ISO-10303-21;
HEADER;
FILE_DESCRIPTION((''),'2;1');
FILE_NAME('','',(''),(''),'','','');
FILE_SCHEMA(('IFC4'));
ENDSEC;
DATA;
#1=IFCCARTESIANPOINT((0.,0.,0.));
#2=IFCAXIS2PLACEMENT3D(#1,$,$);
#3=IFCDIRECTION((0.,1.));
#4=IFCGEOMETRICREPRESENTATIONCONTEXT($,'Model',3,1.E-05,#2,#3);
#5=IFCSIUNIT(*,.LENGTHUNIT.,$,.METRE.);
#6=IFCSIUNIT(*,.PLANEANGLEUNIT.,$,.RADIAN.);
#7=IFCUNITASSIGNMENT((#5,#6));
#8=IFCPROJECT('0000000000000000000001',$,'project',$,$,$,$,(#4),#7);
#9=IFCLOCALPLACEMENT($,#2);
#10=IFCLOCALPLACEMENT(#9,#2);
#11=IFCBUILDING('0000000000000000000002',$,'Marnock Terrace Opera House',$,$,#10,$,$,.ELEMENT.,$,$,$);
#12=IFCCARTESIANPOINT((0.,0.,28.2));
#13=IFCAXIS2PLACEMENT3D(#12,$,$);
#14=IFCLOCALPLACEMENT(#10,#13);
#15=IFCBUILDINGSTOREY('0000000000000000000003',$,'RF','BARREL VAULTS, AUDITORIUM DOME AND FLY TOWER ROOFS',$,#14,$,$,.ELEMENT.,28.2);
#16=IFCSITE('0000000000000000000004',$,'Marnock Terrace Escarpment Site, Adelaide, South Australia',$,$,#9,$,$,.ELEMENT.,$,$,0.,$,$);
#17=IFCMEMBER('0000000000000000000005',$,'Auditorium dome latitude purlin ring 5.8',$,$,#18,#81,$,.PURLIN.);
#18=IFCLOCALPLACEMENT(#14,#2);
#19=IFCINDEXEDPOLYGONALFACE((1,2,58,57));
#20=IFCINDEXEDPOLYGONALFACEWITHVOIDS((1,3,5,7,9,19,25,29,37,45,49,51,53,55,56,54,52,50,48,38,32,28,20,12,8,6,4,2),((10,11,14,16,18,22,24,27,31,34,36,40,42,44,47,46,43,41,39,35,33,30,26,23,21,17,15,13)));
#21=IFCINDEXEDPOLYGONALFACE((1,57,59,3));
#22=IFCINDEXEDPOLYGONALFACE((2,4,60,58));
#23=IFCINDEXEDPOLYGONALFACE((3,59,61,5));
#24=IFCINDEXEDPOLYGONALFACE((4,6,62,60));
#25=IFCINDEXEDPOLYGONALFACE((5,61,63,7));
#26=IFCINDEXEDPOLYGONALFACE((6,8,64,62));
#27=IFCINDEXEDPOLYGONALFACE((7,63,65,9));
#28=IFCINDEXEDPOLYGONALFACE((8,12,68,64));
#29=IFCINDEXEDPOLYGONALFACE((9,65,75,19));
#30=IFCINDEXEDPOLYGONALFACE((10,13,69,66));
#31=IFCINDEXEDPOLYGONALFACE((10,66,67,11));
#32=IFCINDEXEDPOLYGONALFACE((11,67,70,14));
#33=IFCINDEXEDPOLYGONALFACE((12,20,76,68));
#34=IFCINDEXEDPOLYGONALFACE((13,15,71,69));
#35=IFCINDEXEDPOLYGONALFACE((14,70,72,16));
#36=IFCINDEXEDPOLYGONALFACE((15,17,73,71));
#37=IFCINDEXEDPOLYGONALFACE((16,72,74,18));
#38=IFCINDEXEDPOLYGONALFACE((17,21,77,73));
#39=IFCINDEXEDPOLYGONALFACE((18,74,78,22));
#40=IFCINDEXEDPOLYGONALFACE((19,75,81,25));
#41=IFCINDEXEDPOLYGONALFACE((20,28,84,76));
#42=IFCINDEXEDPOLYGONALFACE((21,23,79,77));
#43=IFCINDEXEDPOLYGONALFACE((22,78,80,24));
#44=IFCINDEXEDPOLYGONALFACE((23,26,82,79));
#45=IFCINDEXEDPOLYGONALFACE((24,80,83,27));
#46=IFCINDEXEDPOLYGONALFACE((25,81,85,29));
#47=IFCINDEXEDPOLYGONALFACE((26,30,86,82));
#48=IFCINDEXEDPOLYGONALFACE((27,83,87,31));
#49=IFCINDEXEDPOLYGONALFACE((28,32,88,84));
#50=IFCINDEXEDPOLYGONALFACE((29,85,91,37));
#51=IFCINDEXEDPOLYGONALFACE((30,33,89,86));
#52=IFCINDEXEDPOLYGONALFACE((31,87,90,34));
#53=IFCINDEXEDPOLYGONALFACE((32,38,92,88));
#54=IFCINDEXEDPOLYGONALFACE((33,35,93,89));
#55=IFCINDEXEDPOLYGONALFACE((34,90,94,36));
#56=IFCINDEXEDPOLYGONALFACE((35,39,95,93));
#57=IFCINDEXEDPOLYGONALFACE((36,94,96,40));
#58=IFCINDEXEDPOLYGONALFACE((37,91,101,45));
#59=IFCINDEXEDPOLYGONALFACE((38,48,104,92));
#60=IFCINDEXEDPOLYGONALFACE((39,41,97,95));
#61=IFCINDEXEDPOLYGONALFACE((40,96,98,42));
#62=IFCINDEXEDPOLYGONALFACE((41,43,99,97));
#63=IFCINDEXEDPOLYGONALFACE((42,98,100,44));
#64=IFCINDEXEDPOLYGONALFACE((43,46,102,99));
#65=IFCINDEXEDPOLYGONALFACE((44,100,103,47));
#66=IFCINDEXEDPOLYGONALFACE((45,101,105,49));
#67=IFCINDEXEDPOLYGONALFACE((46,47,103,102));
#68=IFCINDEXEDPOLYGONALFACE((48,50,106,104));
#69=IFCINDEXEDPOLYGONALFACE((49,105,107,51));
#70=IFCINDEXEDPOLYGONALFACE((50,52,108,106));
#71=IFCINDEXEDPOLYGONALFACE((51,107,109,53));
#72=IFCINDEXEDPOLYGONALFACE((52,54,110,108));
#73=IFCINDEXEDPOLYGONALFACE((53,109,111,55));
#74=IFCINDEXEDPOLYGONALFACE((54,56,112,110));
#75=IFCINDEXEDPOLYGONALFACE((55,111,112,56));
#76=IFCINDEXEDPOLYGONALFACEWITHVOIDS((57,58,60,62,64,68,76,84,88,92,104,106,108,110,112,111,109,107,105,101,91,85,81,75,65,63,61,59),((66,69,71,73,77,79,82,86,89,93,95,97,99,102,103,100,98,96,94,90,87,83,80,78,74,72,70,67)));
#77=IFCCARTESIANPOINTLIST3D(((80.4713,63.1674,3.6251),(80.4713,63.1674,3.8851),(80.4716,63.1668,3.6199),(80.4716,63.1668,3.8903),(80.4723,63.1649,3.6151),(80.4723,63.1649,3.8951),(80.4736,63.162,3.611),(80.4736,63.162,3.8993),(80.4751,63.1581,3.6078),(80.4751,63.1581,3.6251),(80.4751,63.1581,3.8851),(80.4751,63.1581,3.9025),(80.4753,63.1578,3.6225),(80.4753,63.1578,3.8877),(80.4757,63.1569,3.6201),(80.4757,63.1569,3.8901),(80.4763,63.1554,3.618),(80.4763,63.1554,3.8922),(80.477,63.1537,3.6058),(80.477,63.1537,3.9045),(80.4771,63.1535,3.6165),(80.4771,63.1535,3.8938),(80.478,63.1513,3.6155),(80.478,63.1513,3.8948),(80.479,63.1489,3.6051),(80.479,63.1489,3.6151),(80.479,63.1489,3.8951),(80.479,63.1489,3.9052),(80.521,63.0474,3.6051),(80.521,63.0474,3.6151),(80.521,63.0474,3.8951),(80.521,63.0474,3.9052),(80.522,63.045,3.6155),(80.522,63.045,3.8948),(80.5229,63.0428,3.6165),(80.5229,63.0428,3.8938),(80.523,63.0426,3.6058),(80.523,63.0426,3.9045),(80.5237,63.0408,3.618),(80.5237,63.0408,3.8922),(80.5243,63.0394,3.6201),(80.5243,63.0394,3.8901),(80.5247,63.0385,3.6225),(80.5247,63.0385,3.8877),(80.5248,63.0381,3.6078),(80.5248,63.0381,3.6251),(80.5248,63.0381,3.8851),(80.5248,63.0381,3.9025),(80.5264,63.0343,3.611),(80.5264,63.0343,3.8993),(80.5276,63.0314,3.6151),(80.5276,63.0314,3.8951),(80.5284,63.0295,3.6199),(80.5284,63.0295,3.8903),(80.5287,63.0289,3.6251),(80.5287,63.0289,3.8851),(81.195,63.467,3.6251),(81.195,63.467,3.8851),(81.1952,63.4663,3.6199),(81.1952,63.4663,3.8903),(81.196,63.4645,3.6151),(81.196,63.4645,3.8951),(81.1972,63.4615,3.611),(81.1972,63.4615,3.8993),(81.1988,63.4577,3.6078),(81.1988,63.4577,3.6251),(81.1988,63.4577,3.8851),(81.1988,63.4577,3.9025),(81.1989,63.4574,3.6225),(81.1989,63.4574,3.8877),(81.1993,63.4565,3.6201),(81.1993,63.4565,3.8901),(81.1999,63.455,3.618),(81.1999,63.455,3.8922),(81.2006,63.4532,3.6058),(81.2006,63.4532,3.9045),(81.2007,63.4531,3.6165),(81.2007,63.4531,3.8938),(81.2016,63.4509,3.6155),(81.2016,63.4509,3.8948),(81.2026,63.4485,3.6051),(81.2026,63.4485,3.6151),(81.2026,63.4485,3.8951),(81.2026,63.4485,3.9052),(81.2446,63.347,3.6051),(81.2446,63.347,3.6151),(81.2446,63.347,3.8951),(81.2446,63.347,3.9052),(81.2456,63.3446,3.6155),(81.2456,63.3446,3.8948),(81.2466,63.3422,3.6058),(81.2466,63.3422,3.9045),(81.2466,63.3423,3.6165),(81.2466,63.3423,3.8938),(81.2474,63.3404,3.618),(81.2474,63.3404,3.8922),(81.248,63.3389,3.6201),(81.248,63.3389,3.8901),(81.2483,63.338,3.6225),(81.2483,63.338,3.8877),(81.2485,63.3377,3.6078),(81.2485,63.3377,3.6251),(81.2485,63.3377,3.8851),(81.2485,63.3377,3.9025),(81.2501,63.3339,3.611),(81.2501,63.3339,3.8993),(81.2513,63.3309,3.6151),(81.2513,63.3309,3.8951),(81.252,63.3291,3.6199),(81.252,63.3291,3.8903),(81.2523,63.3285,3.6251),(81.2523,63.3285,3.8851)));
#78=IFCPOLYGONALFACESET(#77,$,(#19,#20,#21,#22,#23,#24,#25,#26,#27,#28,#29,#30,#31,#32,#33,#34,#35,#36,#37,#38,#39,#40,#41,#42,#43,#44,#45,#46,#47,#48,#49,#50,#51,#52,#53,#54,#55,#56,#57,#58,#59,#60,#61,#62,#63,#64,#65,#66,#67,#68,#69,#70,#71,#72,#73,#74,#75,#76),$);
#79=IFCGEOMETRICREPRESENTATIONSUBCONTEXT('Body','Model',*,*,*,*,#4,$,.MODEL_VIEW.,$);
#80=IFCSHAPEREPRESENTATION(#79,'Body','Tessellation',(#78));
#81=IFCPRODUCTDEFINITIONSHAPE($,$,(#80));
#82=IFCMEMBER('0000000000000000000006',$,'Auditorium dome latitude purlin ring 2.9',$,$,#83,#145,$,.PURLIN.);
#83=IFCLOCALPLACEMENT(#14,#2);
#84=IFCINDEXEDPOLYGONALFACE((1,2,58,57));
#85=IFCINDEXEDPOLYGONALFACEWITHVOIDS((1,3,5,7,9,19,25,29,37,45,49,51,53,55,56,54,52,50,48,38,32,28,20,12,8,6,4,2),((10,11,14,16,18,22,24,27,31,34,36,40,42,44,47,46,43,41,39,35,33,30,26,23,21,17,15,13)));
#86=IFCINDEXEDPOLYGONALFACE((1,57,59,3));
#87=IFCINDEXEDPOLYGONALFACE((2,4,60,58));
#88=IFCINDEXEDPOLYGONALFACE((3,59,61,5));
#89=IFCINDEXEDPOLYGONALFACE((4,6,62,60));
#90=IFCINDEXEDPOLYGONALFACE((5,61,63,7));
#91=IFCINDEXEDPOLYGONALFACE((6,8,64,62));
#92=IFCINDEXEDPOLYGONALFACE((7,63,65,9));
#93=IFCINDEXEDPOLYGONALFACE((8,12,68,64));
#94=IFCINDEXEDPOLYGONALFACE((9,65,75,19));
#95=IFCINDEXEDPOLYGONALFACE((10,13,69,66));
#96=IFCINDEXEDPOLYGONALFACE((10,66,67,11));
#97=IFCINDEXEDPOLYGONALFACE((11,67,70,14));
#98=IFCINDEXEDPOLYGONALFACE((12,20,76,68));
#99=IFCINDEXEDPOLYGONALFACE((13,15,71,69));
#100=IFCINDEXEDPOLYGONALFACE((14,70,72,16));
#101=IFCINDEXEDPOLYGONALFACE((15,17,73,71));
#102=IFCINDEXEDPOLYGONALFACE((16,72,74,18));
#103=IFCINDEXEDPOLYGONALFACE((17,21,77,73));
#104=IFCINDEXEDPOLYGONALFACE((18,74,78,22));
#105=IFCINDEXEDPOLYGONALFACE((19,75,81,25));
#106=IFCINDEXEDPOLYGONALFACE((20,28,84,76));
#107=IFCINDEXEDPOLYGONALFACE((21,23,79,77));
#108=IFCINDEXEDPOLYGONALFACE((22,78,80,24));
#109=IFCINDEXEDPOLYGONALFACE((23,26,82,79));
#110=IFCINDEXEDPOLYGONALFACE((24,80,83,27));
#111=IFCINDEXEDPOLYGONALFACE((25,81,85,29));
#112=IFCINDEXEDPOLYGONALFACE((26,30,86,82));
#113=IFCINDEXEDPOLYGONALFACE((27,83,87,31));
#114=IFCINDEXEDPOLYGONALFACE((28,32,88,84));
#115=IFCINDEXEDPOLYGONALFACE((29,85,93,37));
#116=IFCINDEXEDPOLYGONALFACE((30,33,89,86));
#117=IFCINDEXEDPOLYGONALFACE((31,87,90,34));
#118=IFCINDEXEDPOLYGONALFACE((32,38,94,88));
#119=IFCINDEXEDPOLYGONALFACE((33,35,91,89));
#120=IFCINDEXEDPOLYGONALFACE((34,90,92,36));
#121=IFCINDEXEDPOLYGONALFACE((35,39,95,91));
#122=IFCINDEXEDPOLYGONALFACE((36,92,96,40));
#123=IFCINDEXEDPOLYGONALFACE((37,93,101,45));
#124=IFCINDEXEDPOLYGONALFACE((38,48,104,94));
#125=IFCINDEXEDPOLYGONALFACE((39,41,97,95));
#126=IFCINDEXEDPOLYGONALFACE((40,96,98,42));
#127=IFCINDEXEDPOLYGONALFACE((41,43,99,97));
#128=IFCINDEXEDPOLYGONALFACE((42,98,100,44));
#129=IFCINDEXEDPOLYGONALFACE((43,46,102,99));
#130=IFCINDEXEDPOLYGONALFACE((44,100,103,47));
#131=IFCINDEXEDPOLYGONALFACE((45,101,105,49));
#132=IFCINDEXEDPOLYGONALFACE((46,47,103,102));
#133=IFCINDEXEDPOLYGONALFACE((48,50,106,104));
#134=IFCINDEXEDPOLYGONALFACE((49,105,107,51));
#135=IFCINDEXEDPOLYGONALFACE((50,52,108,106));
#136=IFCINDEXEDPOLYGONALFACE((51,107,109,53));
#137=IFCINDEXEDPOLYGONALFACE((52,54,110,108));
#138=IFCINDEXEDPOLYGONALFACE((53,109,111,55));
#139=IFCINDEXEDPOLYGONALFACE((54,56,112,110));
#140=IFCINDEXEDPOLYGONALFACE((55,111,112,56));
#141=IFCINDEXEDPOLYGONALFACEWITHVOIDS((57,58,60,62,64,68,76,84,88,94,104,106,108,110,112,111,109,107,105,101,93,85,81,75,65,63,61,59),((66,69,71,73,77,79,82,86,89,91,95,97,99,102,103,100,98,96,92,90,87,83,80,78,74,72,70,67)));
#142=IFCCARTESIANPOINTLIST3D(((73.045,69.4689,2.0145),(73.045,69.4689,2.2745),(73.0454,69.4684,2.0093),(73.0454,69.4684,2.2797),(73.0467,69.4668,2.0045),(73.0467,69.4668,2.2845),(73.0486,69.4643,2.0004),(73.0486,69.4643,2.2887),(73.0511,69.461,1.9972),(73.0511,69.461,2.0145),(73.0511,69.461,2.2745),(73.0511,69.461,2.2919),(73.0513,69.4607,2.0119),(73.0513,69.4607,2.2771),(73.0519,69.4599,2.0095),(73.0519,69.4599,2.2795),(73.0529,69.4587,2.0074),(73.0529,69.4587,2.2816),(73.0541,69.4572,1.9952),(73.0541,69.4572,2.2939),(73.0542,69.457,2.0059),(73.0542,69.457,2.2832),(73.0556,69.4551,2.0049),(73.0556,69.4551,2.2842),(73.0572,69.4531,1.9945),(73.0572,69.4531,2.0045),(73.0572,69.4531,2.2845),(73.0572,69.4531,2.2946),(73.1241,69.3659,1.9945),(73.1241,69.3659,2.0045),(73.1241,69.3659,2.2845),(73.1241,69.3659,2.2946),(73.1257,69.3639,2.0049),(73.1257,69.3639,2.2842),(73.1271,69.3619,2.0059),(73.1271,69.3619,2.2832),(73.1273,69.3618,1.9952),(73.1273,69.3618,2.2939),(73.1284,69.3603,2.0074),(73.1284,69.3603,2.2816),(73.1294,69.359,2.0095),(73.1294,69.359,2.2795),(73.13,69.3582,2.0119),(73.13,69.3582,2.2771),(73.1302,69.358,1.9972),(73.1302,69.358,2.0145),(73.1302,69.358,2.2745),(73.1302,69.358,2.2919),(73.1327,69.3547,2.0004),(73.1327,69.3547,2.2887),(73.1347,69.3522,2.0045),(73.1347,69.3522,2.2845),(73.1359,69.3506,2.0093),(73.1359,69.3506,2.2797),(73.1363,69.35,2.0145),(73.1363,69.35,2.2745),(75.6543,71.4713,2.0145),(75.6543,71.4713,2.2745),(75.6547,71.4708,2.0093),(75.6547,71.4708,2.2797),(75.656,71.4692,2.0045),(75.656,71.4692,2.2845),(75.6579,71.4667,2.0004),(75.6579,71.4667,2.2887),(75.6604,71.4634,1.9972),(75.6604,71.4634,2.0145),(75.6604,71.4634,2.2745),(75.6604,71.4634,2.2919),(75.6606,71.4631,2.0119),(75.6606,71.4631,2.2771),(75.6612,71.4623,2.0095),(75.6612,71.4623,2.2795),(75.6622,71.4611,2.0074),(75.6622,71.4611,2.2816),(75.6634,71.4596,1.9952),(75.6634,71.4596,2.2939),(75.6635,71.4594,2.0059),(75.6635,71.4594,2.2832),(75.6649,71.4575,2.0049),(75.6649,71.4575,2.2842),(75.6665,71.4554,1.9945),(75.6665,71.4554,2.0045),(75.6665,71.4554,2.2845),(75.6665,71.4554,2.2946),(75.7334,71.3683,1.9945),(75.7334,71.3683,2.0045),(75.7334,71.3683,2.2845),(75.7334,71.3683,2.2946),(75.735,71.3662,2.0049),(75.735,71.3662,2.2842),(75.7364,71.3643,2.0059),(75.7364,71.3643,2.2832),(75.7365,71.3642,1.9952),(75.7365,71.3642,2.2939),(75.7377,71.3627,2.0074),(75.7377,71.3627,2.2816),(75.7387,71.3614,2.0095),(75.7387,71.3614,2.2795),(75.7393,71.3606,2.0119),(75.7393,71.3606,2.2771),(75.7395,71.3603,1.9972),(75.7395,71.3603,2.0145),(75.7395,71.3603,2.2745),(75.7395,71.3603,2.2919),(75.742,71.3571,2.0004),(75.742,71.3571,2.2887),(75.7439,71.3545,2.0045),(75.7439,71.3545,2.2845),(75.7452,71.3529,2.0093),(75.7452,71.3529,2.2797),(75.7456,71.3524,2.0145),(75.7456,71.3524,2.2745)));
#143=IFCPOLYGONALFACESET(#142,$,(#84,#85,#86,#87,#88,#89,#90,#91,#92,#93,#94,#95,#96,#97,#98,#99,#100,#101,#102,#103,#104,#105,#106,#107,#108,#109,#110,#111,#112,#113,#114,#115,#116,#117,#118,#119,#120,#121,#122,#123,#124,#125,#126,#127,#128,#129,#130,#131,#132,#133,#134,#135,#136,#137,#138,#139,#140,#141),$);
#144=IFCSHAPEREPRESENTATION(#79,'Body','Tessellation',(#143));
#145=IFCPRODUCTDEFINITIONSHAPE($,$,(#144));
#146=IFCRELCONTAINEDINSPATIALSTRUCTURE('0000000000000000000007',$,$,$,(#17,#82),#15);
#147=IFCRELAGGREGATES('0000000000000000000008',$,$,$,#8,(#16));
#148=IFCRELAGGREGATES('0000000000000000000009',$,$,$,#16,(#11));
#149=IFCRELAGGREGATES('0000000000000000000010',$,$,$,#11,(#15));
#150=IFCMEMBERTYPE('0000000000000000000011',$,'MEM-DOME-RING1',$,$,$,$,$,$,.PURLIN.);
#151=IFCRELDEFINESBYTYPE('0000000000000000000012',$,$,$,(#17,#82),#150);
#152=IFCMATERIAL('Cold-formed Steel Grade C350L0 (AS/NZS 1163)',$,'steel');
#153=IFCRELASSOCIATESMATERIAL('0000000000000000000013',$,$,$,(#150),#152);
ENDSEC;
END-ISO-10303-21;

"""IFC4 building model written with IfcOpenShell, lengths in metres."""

from ifc_helpers import new_model, si_unit, direction, frame, origin, origin_2d, place, context, subcontext, project, spatial, hollow_rectangle, extrude, material, material_profile, profile_set, type_object, element, save


model = new_model("IFC4")

# Units and contexts
model_context = context("Model", 3, precision=1e-05, world=origin(), true_north=direction((0.0, 1.0)))
body_context = subcontext(model_context, "Body", "Model", "MODEL_VIEW")
ifc_project = project(units=[si_unit("LENGTHUNIT", "METRE"), si_unit("PLANEANGLEUNIT", "RADIAN")], contexts=[model_context])

# Site, building, storey
site_placement = place(None, origin())
site = spatial("IfcSite", under=ifc_project, at=site_placement, Name="Marnock Terrace Escarpment Site, Adelaide, South Australia", CompositionType="ELEMENT", RefElevation=0.0)
building_placement = place(site_placement, origin())
building = spatial("IfcBuilding", under=site, at=building_placement, Name="Marnock Terrace Opera House", CompositionType="ELEMENT")
storey_placement = place(building_placement, frame((0.0, 0.0, 28.2)))
storey = spatial("IfcBuildingStorey", under=building, at=storey_placement, Name="RF", Description="BARREL VAULTS, AUDITORIUM DOME AND FLY TOWER ROOFS", CompositionType="ELEMENT", Elevation=28.2)

# Members
ifc_material_1 = material(Name="Cold-formed Steel Grade C350L0 (AS/NZS 1163)", Category="steel")
ifc_material_profile_1 = material_profile(ifc_material_1, hollow_rectangle(XDim=0.1499, YDim=0.3, WallThickness=0.01, InnerFilletRadius=0.01, OuterFilletRadius=0.02, at=origin_2d()))
ifc_profile_set_1 = profile_set([ifc_material_profile_1], Name="Cold-formed Steel Grade C350L0 (AS/NZS 1163)")
member_type_1 = type_object("IfcMemberType", Name="MEM-DOME-RING1", PredefinedType="PURLIN", material=ifc_profile_set_1)
member_1_placement = place(storey_placement, frame((81.2236, 63.3977, 3.7551), z_axis=(-0.92396, -0.382489, 0.0), x_axis=(0.382489, -0.92396, 0.0)))
element("IfcMember", 1, at=member_1_placement, inside=storey, type_object=member_type_1, Name="Auditorium dome latitude purlin ring 5.8", PredefinedType="PURLIN", context=body_context, shape_type="SweptSolid", body=[
    extrude(hollow_rectangle(XDim=0.1499, YDim=0.3, WallThickness=0.01, InnerFilletRadius=0.01, OuterFilletRadius=0.02, at=origin_2d()), origin(), (0.0, 0.0, 1.0), 0.7832),
])
member_2_placement = place(storey_placement, frame((75.7, 71.4119, 2.1445), z_axis=(-0.793324, -0.608799, 0.0), x_axis=(0.608799, -0.793324, 0.0)))
element("IfcMember", 2, at=member_2_placement, inside=storey, type_object=member_type_1, Name="Auditorium dome latitude purlin ring 2.9", PredefinedType="PURLIN", context=body_context, shape_type="SweptSolid", body=[
    extrude(hollow_rectangle(XDim=0.1499, YDim=0.3, WallThickness=0.01, InnerFilletRadius=0.01, OuterFilletRadius=0.02, at=origin_2d()), origin(), (0.0, 0.0, 1.0), 3.2891),
])

save(model, "model.ifc")
